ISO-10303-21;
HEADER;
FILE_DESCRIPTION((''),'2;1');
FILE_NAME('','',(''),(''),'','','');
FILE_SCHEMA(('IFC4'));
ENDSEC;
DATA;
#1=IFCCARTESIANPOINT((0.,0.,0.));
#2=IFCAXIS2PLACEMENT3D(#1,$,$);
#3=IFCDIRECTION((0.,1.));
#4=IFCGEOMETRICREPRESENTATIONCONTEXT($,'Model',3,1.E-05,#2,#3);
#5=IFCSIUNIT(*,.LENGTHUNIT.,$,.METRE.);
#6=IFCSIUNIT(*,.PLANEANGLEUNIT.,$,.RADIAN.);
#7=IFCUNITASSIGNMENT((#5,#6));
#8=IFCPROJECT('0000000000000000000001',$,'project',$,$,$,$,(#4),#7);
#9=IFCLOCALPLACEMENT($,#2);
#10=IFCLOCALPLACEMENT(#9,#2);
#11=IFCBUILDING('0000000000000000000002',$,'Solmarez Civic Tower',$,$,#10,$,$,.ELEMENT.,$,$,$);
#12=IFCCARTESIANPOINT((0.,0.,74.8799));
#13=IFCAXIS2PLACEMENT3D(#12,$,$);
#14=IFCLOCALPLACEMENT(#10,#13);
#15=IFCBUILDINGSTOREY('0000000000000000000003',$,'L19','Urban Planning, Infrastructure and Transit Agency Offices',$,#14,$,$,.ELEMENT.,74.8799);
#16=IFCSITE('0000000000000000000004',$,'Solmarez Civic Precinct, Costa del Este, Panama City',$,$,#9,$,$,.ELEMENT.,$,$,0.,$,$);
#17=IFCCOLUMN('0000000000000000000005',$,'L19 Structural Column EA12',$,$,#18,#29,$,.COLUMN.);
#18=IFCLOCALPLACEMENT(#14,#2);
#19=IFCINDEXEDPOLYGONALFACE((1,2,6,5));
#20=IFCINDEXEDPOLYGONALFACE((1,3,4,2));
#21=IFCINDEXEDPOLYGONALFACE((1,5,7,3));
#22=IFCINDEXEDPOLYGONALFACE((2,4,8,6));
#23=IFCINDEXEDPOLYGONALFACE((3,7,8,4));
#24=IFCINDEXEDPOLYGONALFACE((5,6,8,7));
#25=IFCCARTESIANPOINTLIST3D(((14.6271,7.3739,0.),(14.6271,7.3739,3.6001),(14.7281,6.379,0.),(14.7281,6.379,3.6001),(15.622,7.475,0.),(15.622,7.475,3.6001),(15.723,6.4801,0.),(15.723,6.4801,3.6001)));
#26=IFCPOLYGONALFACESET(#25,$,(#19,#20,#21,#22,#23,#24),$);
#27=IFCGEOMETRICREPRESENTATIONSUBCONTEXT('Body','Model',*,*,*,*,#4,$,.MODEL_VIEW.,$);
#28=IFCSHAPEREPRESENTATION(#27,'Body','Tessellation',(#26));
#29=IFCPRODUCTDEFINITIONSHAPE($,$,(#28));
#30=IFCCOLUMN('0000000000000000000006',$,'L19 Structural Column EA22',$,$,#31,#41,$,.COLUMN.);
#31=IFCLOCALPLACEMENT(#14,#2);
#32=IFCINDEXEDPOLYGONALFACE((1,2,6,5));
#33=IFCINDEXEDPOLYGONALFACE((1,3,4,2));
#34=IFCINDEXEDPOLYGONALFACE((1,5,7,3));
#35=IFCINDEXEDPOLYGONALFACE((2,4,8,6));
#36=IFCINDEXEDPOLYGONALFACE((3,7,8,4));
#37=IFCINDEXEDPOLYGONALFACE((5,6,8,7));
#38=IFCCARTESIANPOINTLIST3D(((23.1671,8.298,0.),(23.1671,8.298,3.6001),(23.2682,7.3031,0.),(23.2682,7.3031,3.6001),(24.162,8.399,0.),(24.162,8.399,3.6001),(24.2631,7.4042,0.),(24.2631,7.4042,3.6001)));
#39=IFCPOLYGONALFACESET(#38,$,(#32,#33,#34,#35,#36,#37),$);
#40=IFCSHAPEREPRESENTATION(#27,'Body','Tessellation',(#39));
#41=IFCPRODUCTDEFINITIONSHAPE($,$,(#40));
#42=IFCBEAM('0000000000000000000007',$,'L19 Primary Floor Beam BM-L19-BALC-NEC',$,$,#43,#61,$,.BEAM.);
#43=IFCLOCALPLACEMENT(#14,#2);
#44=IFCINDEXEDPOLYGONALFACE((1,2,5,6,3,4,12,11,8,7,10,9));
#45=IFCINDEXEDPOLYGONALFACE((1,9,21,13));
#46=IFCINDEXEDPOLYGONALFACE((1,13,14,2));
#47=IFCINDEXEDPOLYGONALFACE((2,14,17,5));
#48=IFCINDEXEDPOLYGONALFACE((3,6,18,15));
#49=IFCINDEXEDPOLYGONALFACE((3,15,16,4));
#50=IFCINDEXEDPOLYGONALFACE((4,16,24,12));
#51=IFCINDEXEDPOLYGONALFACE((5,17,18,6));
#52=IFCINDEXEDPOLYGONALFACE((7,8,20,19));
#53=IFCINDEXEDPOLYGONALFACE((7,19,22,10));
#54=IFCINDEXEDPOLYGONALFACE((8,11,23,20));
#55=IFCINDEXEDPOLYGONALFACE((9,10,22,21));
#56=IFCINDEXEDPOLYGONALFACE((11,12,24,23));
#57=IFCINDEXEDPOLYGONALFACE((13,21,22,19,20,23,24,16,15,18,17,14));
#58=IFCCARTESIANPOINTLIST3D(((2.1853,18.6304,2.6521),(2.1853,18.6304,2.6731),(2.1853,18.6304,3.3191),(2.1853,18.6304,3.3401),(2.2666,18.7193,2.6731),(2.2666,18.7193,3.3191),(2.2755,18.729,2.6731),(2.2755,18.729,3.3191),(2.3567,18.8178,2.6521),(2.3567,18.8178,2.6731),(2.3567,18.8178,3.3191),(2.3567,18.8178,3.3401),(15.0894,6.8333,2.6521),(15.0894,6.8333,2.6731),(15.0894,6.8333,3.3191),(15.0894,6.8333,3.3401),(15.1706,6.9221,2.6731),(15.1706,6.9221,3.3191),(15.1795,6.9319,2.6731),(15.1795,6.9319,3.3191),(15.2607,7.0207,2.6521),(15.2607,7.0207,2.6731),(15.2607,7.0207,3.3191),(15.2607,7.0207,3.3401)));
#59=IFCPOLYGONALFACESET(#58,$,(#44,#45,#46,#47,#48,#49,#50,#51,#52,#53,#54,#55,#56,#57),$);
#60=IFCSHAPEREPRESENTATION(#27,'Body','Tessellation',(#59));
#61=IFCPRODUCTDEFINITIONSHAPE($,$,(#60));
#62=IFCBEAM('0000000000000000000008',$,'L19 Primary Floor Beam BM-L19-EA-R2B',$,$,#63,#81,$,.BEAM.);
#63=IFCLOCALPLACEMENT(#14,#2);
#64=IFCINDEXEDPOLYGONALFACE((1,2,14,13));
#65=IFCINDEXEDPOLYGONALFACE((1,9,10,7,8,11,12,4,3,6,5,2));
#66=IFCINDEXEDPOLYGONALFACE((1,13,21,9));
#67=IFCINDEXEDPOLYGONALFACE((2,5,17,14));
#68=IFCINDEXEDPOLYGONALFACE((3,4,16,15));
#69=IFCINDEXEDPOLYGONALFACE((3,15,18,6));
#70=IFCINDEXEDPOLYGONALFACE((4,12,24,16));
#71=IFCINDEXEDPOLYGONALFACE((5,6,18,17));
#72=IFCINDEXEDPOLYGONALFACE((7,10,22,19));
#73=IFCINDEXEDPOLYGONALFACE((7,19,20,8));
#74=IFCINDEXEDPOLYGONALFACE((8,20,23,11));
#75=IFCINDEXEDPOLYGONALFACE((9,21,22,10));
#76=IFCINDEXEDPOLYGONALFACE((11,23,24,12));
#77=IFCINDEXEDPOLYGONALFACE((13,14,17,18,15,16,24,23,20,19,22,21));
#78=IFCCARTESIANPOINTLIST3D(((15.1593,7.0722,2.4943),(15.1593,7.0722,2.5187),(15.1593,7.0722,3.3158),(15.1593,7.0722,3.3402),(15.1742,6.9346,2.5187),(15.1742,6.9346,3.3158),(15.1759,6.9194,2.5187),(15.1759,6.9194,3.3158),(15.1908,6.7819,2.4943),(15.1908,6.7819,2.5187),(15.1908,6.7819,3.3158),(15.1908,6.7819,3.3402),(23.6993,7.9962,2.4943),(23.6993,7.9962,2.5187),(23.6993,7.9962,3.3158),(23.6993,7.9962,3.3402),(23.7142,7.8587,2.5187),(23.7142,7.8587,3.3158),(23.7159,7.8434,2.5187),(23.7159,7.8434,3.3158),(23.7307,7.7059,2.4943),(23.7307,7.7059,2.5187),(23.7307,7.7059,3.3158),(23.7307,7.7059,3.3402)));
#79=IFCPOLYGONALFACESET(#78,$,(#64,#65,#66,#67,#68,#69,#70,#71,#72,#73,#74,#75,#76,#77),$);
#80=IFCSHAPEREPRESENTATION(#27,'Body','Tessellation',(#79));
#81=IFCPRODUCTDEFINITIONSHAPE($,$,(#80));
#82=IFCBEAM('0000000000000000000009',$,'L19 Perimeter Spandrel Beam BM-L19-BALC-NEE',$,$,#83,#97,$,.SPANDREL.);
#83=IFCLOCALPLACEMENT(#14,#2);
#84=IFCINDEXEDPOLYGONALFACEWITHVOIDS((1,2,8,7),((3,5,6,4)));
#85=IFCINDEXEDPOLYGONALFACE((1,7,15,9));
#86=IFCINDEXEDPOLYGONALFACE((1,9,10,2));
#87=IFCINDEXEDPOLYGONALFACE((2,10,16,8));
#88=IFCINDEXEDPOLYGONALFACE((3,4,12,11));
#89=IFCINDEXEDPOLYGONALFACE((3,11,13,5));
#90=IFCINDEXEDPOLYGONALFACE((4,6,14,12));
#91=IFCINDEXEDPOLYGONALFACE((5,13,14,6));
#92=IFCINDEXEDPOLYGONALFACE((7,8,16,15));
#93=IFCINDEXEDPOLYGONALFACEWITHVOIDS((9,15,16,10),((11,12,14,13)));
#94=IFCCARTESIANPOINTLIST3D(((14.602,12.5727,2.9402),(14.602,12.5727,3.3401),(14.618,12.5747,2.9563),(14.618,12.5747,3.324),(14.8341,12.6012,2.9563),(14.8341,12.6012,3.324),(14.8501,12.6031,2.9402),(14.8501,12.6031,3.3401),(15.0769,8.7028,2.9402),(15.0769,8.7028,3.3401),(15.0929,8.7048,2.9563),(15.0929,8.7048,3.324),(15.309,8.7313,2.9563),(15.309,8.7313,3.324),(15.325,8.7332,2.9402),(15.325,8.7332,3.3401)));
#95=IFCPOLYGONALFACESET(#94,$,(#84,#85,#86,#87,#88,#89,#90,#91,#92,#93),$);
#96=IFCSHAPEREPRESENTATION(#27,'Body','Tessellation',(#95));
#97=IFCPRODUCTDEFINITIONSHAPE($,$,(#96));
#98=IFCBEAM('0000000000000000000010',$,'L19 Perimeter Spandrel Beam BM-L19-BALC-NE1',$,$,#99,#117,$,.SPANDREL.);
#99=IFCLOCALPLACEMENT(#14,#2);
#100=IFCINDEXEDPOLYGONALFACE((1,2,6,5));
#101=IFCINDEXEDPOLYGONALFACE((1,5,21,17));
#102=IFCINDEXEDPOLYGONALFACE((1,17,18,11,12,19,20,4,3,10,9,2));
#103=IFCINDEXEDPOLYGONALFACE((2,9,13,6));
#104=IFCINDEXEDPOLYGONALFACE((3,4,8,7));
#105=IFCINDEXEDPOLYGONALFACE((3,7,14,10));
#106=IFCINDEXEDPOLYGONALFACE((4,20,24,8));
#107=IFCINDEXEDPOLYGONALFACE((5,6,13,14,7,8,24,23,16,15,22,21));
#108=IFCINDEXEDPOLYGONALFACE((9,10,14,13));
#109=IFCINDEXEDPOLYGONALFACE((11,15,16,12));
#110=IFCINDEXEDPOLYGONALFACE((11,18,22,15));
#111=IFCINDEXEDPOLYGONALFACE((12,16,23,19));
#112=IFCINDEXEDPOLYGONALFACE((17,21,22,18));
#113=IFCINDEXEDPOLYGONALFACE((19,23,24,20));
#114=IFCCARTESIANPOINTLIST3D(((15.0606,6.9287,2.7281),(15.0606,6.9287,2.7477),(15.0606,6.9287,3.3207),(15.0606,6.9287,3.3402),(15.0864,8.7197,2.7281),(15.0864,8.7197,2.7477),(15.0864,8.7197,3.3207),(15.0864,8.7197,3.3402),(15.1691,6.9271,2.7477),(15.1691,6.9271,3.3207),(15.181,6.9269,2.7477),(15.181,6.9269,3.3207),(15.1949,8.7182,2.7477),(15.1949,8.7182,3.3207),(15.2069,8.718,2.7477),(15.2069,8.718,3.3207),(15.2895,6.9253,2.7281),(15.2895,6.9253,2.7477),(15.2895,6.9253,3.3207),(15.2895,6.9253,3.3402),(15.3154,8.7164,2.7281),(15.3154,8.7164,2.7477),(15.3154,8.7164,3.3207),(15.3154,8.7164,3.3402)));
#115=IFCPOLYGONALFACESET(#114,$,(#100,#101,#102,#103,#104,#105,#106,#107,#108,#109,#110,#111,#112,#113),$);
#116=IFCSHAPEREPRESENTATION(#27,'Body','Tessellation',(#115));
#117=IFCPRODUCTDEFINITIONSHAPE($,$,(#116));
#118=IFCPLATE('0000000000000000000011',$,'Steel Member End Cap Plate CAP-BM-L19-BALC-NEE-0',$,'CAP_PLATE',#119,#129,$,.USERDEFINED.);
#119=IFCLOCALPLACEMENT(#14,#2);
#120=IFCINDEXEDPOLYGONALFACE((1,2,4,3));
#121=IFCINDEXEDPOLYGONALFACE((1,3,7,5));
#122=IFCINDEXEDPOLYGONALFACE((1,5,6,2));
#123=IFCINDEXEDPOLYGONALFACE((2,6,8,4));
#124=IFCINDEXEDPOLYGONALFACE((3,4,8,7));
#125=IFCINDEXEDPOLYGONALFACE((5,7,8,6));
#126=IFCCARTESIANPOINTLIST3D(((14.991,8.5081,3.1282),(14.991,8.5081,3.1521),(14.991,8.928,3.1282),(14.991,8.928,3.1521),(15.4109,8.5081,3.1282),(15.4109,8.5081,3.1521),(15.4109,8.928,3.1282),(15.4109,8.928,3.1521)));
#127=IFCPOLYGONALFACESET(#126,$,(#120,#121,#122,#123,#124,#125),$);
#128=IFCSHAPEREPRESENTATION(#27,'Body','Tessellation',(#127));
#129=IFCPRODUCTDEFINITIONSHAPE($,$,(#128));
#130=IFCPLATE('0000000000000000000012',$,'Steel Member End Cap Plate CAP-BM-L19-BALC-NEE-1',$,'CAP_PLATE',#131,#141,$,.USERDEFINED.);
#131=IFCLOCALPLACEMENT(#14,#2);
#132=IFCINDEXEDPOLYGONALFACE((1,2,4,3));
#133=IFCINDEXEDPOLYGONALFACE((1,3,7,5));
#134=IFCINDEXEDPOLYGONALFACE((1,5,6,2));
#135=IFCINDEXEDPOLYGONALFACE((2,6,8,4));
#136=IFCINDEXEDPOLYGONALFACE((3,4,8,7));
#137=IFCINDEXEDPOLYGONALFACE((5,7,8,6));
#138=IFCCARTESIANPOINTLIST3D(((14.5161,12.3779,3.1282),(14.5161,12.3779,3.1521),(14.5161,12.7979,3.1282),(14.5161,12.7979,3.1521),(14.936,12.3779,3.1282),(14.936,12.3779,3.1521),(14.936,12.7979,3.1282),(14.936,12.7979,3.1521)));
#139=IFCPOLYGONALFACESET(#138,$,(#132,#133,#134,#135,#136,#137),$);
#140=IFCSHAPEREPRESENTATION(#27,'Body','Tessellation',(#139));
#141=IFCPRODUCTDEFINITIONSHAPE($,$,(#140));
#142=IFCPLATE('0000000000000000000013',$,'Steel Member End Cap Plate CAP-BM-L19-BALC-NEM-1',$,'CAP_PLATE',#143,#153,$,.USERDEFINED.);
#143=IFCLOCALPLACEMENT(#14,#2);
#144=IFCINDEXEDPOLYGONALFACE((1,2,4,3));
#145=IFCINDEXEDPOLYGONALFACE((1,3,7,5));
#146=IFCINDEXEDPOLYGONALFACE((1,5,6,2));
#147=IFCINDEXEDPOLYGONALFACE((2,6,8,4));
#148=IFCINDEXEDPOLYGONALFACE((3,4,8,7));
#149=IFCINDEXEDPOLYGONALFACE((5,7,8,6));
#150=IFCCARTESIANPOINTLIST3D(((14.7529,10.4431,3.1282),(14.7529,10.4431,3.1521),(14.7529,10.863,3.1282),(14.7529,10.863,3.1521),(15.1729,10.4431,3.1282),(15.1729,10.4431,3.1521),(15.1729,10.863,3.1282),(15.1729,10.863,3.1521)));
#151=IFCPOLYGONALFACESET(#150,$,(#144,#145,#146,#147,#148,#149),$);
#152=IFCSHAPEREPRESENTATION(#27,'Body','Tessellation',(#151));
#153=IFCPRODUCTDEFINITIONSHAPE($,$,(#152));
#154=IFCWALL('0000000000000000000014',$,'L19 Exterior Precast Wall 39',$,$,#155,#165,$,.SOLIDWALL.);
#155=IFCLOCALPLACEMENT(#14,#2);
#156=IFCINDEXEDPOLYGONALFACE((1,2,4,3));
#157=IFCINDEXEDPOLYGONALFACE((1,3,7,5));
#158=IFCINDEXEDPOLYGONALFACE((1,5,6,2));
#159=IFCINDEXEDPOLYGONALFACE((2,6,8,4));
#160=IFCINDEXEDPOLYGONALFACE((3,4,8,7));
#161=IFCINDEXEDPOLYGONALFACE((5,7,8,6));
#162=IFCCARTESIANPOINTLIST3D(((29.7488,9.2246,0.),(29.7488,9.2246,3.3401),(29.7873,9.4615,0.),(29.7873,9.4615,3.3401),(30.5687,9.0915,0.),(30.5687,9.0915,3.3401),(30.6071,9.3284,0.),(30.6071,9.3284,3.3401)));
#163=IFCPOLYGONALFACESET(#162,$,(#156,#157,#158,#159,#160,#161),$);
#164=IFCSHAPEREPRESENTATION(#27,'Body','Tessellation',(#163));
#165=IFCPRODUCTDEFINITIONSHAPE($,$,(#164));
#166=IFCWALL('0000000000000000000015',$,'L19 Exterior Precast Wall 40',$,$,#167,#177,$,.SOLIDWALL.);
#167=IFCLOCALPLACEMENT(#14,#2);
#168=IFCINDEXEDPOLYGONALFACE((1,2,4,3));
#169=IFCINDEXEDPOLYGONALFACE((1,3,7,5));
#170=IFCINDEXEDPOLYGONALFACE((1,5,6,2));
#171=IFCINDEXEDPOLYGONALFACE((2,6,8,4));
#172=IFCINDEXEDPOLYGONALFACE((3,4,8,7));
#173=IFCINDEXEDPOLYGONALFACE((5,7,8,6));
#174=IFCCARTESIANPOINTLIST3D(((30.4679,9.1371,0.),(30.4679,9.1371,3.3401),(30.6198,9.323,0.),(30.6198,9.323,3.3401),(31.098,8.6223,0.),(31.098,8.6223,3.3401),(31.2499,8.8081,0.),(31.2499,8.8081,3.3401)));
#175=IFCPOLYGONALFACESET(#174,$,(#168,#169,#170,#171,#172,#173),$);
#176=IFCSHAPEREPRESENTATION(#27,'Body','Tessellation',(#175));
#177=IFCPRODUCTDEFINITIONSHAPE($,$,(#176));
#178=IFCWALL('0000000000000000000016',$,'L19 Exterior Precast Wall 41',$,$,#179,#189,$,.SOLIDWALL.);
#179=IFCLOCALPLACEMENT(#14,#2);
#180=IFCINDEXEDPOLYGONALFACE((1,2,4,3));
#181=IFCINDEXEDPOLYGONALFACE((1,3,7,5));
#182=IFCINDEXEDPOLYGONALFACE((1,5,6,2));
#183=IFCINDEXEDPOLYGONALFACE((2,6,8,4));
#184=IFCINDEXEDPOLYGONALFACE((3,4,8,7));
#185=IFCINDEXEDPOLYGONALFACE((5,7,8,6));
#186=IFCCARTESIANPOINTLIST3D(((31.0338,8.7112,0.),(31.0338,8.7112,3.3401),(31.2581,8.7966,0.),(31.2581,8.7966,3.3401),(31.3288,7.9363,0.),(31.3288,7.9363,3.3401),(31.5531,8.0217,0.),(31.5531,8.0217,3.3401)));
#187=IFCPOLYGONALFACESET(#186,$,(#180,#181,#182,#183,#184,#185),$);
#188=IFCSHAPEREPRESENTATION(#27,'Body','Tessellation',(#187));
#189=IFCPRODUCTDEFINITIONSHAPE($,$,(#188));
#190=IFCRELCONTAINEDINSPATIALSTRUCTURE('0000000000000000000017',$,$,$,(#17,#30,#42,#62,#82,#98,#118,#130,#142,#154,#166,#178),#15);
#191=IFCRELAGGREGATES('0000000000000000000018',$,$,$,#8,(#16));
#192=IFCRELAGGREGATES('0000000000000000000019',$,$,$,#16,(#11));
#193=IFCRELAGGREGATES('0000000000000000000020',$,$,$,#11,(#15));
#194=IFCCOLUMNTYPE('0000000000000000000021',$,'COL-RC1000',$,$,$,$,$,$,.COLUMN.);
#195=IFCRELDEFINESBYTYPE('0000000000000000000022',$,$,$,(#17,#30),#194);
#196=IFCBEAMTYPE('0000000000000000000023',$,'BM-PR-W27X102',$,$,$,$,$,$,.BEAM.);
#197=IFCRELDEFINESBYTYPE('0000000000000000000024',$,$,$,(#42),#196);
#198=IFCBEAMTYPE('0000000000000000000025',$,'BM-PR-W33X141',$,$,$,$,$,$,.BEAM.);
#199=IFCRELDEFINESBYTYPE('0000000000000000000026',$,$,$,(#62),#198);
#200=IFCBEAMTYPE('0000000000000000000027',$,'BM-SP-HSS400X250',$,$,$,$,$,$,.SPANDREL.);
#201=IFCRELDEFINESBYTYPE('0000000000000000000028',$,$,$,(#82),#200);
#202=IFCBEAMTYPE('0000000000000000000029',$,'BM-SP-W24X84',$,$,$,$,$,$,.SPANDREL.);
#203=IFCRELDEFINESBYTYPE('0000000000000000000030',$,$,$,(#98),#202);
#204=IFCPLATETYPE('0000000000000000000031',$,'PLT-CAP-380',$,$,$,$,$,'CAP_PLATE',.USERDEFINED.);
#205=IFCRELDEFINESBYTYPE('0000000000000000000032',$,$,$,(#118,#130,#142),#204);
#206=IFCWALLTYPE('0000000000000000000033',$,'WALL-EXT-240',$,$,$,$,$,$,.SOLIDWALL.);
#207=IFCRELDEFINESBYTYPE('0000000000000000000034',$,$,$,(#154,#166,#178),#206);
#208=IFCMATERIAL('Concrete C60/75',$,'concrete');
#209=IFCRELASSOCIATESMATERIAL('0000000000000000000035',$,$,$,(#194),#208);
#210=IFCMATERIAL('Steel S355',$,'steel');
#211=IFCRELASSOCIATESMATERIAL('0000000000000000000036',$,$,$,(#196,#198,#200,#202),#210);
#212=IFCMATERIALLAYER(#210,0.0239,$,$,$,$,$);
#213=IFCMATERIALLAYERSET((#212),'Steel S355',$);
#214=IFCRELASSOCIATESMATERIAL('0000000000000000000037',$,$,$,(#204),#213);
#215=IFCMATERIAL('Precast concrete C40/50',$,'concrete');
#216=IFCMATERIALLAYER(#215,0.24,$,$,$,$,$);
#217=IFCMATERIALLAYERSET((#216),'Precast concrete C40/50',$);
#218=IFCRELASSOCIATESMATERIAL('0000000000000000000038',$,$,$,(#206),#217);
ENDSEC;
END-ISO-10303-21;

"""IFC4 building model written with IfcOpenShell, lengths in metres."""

from ifc_helpers import new_model, si_unit, direction, frame, frame_2d, origin, origin_2d, place, context, subcontext, project, spatial, rectangle, hollow_rectangle, i_section, extrude, material, layer, layer_set, material_profile, profile_set, type_object, element, save


model = new_model("IFC4")

# Units and contexts
model_context = context("Model", 3, precision=1e-05, world=origin(), true_north=direction((0.0, 1.0)))
body_context = subcontext(model_context, "Body", "Model", "MODEL_VIEW")
ifc_project = project(units=[si_unit("LENGTHUNIT", "METRE"), si_unit("PLANEANGLEUNIT", "RADIAN")], contexts=[model_context])

# Site, building, storey
site_placement = place(None, origin())
site = spatial("IfcSite", under=ifc_project, at=site_placement, Name="Solmarez Civic Precinct, Costa del Este, Panama City", CompositionType="ELEMENT", RefElevation=0.0)
building_placement = place(site_placement, origin())
building = spatial("IfcBuilding", under=site, at=building_placement, Name="Solmarez Civic Tower", CompositionType="ELEMENT")
storey_placement = place(building_placement, frame((0.0, 0.0, 74.8799)))
storey = spatial("IfcBuildingStorey", under=building, at=storey_placement, Name="L19", Description="Urban Planning, Infrastructure and Transit Agency Offices", CompositionType="ELEMENT", Elevation=74.8799)

# Columns
ifc_material_1 = material(Name="Concrete C60/75", Category="concrete")
ifc_material_profile_1 = material_profile(ifc_material_1, rectangle(XDim=1.0, YDim=1.0, at=origin_2d()), Name="RC1000X1000")
ifc_profile_set_1 = profile_set([ifc_material_profile_1], Name="Concrete C60/75")
column_type = type_object("IfcColumnType", Name="COL-RC1000", PredefinedType="COLUMN", material=ifc_profile_set_1)
for number, where, z_axis, x_axis, name in (
    (1, (15.175, 6.927, 0.0), (0.0, 0.0, 1.0), (0.994881, 0.101056, 0.0), "L19 Structural Column EA12"),
    (2, (23.7151, 7.8511, 0.0), (0.0, 0.0, 1.0), (0.994881, 0.101056, 0.0), "L19 Structural Column EA22"),
):
    element("IfcColumn", number, at=place(storey_placement, frame(where, z_axis=z_axis, x_axis=x_axis)), inside=storey, type_object=column_type, Name=name, PredefinedType="COLUMN", context=body_context, shape_type="SweptSolid", body=[
        extrude(rectangle(XDim=1.0, YDim=1.0, at=origin_2d()), origin(), (0.0, 0.0, 1.0), 3.6001),
    ])

# Beams
ifc_material_2 = material(Name="Steel S355", Category="steel")
ifc_material_profile_2 = material_profile(ifc_material_2, i_section(OverallWidth=0.2539, OverallDepth=0.688, WebThickness=0.0132, FlangeThickness=0.021, at=origin_2d()), Name="W27X102")
ifc_profile_set_2 = profile_set([ifc_material_profile_2], Name="Steel S355")
beam_type_1 = type_object("IfcBeamType", Name="BM-PR-W27X102", PredefinedType="BEAM", material=ifc_profile_set_2)
beam_1_placement = place(storey_placement, frame((15.175, 6.927, 2.9961), z_axis=(-0.738054, 0.674742, 0.0), x_axis=(-0.674742, -0.738054, 0.0)))
element("IfcBeam", 3, at=beam_1_placement, inside=storey, type_object=beam_type_1, Name="L19 Primary Floor Beam BM-L19-BALC-NEC", PredefinedType="BEAM", context=body_context, shape_type="SweptSolid", body=[
    extrude(i_section(OverallWidth=0.2539, OverallDepth=0.688, WebThickness=0.0132, FlangeThickness=0.021, at=origin_2d()), origin(), (0.0, 0.0, 1.0), 17.4839),
])
ifc_material_profile_3 = material_profile(ifc_material_2, i_section(OverallWidth=0.292, OverallDepth=0.8459, WebThickness=0.0154, FlangeThickness=0.0244, at=origin_2d()), Name="W33X141")
ifc_profile_set_3 = profile_set([ifc_material_profile_3], Name="Steel S355")
beam_type_2 = type_object("IfcBeamType", Name="BM-PR-W33X141", PredefinedType="BEAM", material=ifc_profile_set_3)
beam_2_placement = place(storey_placement, frame((15.175, 6.927, 2.9172), z_axis=(0.994197, 0.107577, 0.0), x_axis=(-0.107577, 0.994197, 0.0)))
element("IfcBeam", 4, at=beam_2_placement, inside=storey, type_object=beam_type_2, Name="L19 Primary Floor Beam BM-L19-EA-R2B", PredefinedType="BEAM", context=body_context, shape_type="SweptSolid", body=[
    extrude(i_section(OverallWidth=0.292, OverallDepth=0.8459, WebThickness=0.0154, FlangeThickness=0.0244, at=origin_2d()), origin(), (0.0, 0.0, 1.0), 8.5898),
])
ifc_material_profile_4 = material_profile(ifc_material_2, hollow_rectangle(XDim=0.25, YDim=0.3999, WallThickness=0.0161, at=origin_2d()), Name="HSS400X250X16")
ifc_profile_set_4 = profile_set([ifc_material_profile_4], Name="Steel S355")
beam_type_3 = type_object("IfcBeamType", Name="BM-SP-HSS400X250", PredefinedType="SPANDREL", material=ifc_profile_set_4)
beam_3_placement = place(storey_placement, frame((15.2009, 8.718, 3.1401), z_axis=(-0.121792, 0.992556, 0.0), x_axis=(-0.992556, -0.121792, 0.0)))
element("IfcBeam", 5, at=beam_3_placement, inside=storey, type_object=beam_type_3, Name="L19 Perimeter Spandrel Beam BM-L19-BALC-NEE", PredefinedType="SPANDREL", context=body_context, shape_type="SweptSolid", body=[
    extrude(hollow_rectangle(XDim=0.25, YDim=0.3999, WallThickness=0.0161, at=origin_2d()), origin(), (0.0, 0.0, 1.0), 3.8989),
])
ifc_material_profile_5 = material_profile(ifc_material_2, i_section(OverallWidth=0.229, OverallDepth=0.6121, WebThickness=0.012, FlangeThickness=0.0195, at=origin_2d()), Name="W24X84")
ifc_profile_set_5 = profile_set([ifc_material_profile_5], Name="Steel S355")
beam_type_4 = type_object("IfcBeamType", Name="BM-SP-W24X84", PredefinedType="SPANDREL", material=ifc_profile_set_5)
beam_4_placement = place(storey_placement, frame((15.175, 6.927, 3.0342), z_axis=(0.014448, 0.999896, 0.0), x_axis=(-0.999896, 0.014448, 0.0)))
element("IfcBeam", 6, at=beam_4_placement, inside=storey, type_object=beam_type_4, Name="L19 Perimeter Spandrel Beam BM-L19-BALC-NE1", PredefinedType="SPANDREL", context=body_context, shape_type="SweptSolid", body=[
    extrude(i_section(OverallWidth=0.229, OverallDepth=0.6121, WebThickness=0.012, FlangeThickness=0.0195, at=origin_2d()), origin(), (0.0, 0.0, 1.0), 1.7913),
])

# Plates
ifc_layer_1 = layer(ifc_material_2, 0.0239)
ifc_layer_set_1 = layer_set([ifc_layer_1], Name="Steel S355")
plate_type = type_object("IfcPlateType", Name="PLT-CAP-380", ElementType="CAP_PLATE", PredefinedType="USERDEFINED", material=ifc_layer_set_1)
for number, where, z_axis, x_axis, name in (
    (7, (15.2009, 8.718, 3.1282), (0.0, 0.0, 1.0), (1.0, 0.0, 0.0), "Steel Member End Cap Plate CAP-BM-L19-BALC-NEE-0"),
    (8, (14.7261, 12.5879, 3.1282), (0.0, 0.0, 1.0), (1.0, 0.0, 0.0), "Steel Member End Cap Plate CAP-BM-L19-BALC-NEE-1"),
    (9, (14.9629, 10.6531, 3.1282), (0.0, 0.0, 1.0), (1.0, 0.0, 0.0), "Steel Member End Cap Plate CAP-BM-L19-BALC-NEM-1"),
):
    element("IfcPlate", number, at=place(storey_placement, frame(where, z_axis=z_axis, x_axis=x_axis)), inside=storey, type_object=plate_type, Name=name, ObjectType="CAP_PLATE", PredefinedType="USERDEFINED", context=body_context, shape_type="SweptSolid", body=[
        extrude(rectangle(XDim=0.4199, YDim=0.4199, at=origin_2d()), origin(), (0.0, 0.0, 1.0), 0.0239),
    ])

# Walls
ifc_material_3 = material(Name="Precast concrete C40/50", Category="concrete")
ifc_layer_2 = layer(ifc_material_3, 0.24)
ifc_layer_set_2 = layer_set([ifc_layer_2], Name="Precast concrete C40/50")
wall_type_1 = type_object("IfcWallType", Name="WALL-EXT-240", PredefinedType="SOLIDWALL", material=ifc_layer_set_2)
wall_1_placement = place(storey_placement, frame((29.7681, 9.343, 0.0), z_axis=(0.0, 0.0, 1.0), x_axis=(0.987084, -0.160203, 0.0)))
element("IfcWall", 10, at=wall_1_placement, inside=storey, type_object=wall_type_1, Name="L19 Exterior Precast Wall 39", PredefinedType="SOLIDWALL", context=body_context, shape_type="SweptSolid", body=[
    extrude(rectangle(XDim=0.8306, YDim=0.24, at=frame_2d((0.4153, 0.0))), origin(), (0.0, 0.0, 1.0), 3.3401),
])
wall_2_placement = place(storey_placement, frame((30.5439, 9.23, 0.0), z_axis=(0.0, 0.0, 1.0), x_axis=(0.774358, -0.632748, 0.0)))
element("IfcWall", 11, at=wall_2_placement, inside=storey, type_object=wall_type_1, Name="L19 Exterior Precast Wall 40", PredefinedType="SOLIDWALL", context=body_context, shape_type="SweptSolid", body=[
    extrude(rectangle(XDim=0.8137, YDim=0.24, at=frame_2d((0.4067, 0.0))), origin(), (0.0, 0.0, 1.0), 3.3401),
])
wall_3_placement = place(storey_placement, frame((31.146, 8.7539, 0.0), z_axis=(0.0, 0.0, 1.0), x_axis=(0.355701, -0.9346, 0.0)))
element("IfcWall", 12, at=wall_3_placement, inside=storey, type_object=wall_type_1, Name="L19 Exterior Precast Wall 41", PredefinedType="SOLIDWALL", context=body_context, shape_type="SweptSolid", body=[
    extrude(rectangle(XDim=0.8291, YDim=0.24, at=frame_2d((0.4146, 0.0))), origin(), (0.0, 0.0, 1.0), 3.3401),
])

save(model, "model.ifc")
